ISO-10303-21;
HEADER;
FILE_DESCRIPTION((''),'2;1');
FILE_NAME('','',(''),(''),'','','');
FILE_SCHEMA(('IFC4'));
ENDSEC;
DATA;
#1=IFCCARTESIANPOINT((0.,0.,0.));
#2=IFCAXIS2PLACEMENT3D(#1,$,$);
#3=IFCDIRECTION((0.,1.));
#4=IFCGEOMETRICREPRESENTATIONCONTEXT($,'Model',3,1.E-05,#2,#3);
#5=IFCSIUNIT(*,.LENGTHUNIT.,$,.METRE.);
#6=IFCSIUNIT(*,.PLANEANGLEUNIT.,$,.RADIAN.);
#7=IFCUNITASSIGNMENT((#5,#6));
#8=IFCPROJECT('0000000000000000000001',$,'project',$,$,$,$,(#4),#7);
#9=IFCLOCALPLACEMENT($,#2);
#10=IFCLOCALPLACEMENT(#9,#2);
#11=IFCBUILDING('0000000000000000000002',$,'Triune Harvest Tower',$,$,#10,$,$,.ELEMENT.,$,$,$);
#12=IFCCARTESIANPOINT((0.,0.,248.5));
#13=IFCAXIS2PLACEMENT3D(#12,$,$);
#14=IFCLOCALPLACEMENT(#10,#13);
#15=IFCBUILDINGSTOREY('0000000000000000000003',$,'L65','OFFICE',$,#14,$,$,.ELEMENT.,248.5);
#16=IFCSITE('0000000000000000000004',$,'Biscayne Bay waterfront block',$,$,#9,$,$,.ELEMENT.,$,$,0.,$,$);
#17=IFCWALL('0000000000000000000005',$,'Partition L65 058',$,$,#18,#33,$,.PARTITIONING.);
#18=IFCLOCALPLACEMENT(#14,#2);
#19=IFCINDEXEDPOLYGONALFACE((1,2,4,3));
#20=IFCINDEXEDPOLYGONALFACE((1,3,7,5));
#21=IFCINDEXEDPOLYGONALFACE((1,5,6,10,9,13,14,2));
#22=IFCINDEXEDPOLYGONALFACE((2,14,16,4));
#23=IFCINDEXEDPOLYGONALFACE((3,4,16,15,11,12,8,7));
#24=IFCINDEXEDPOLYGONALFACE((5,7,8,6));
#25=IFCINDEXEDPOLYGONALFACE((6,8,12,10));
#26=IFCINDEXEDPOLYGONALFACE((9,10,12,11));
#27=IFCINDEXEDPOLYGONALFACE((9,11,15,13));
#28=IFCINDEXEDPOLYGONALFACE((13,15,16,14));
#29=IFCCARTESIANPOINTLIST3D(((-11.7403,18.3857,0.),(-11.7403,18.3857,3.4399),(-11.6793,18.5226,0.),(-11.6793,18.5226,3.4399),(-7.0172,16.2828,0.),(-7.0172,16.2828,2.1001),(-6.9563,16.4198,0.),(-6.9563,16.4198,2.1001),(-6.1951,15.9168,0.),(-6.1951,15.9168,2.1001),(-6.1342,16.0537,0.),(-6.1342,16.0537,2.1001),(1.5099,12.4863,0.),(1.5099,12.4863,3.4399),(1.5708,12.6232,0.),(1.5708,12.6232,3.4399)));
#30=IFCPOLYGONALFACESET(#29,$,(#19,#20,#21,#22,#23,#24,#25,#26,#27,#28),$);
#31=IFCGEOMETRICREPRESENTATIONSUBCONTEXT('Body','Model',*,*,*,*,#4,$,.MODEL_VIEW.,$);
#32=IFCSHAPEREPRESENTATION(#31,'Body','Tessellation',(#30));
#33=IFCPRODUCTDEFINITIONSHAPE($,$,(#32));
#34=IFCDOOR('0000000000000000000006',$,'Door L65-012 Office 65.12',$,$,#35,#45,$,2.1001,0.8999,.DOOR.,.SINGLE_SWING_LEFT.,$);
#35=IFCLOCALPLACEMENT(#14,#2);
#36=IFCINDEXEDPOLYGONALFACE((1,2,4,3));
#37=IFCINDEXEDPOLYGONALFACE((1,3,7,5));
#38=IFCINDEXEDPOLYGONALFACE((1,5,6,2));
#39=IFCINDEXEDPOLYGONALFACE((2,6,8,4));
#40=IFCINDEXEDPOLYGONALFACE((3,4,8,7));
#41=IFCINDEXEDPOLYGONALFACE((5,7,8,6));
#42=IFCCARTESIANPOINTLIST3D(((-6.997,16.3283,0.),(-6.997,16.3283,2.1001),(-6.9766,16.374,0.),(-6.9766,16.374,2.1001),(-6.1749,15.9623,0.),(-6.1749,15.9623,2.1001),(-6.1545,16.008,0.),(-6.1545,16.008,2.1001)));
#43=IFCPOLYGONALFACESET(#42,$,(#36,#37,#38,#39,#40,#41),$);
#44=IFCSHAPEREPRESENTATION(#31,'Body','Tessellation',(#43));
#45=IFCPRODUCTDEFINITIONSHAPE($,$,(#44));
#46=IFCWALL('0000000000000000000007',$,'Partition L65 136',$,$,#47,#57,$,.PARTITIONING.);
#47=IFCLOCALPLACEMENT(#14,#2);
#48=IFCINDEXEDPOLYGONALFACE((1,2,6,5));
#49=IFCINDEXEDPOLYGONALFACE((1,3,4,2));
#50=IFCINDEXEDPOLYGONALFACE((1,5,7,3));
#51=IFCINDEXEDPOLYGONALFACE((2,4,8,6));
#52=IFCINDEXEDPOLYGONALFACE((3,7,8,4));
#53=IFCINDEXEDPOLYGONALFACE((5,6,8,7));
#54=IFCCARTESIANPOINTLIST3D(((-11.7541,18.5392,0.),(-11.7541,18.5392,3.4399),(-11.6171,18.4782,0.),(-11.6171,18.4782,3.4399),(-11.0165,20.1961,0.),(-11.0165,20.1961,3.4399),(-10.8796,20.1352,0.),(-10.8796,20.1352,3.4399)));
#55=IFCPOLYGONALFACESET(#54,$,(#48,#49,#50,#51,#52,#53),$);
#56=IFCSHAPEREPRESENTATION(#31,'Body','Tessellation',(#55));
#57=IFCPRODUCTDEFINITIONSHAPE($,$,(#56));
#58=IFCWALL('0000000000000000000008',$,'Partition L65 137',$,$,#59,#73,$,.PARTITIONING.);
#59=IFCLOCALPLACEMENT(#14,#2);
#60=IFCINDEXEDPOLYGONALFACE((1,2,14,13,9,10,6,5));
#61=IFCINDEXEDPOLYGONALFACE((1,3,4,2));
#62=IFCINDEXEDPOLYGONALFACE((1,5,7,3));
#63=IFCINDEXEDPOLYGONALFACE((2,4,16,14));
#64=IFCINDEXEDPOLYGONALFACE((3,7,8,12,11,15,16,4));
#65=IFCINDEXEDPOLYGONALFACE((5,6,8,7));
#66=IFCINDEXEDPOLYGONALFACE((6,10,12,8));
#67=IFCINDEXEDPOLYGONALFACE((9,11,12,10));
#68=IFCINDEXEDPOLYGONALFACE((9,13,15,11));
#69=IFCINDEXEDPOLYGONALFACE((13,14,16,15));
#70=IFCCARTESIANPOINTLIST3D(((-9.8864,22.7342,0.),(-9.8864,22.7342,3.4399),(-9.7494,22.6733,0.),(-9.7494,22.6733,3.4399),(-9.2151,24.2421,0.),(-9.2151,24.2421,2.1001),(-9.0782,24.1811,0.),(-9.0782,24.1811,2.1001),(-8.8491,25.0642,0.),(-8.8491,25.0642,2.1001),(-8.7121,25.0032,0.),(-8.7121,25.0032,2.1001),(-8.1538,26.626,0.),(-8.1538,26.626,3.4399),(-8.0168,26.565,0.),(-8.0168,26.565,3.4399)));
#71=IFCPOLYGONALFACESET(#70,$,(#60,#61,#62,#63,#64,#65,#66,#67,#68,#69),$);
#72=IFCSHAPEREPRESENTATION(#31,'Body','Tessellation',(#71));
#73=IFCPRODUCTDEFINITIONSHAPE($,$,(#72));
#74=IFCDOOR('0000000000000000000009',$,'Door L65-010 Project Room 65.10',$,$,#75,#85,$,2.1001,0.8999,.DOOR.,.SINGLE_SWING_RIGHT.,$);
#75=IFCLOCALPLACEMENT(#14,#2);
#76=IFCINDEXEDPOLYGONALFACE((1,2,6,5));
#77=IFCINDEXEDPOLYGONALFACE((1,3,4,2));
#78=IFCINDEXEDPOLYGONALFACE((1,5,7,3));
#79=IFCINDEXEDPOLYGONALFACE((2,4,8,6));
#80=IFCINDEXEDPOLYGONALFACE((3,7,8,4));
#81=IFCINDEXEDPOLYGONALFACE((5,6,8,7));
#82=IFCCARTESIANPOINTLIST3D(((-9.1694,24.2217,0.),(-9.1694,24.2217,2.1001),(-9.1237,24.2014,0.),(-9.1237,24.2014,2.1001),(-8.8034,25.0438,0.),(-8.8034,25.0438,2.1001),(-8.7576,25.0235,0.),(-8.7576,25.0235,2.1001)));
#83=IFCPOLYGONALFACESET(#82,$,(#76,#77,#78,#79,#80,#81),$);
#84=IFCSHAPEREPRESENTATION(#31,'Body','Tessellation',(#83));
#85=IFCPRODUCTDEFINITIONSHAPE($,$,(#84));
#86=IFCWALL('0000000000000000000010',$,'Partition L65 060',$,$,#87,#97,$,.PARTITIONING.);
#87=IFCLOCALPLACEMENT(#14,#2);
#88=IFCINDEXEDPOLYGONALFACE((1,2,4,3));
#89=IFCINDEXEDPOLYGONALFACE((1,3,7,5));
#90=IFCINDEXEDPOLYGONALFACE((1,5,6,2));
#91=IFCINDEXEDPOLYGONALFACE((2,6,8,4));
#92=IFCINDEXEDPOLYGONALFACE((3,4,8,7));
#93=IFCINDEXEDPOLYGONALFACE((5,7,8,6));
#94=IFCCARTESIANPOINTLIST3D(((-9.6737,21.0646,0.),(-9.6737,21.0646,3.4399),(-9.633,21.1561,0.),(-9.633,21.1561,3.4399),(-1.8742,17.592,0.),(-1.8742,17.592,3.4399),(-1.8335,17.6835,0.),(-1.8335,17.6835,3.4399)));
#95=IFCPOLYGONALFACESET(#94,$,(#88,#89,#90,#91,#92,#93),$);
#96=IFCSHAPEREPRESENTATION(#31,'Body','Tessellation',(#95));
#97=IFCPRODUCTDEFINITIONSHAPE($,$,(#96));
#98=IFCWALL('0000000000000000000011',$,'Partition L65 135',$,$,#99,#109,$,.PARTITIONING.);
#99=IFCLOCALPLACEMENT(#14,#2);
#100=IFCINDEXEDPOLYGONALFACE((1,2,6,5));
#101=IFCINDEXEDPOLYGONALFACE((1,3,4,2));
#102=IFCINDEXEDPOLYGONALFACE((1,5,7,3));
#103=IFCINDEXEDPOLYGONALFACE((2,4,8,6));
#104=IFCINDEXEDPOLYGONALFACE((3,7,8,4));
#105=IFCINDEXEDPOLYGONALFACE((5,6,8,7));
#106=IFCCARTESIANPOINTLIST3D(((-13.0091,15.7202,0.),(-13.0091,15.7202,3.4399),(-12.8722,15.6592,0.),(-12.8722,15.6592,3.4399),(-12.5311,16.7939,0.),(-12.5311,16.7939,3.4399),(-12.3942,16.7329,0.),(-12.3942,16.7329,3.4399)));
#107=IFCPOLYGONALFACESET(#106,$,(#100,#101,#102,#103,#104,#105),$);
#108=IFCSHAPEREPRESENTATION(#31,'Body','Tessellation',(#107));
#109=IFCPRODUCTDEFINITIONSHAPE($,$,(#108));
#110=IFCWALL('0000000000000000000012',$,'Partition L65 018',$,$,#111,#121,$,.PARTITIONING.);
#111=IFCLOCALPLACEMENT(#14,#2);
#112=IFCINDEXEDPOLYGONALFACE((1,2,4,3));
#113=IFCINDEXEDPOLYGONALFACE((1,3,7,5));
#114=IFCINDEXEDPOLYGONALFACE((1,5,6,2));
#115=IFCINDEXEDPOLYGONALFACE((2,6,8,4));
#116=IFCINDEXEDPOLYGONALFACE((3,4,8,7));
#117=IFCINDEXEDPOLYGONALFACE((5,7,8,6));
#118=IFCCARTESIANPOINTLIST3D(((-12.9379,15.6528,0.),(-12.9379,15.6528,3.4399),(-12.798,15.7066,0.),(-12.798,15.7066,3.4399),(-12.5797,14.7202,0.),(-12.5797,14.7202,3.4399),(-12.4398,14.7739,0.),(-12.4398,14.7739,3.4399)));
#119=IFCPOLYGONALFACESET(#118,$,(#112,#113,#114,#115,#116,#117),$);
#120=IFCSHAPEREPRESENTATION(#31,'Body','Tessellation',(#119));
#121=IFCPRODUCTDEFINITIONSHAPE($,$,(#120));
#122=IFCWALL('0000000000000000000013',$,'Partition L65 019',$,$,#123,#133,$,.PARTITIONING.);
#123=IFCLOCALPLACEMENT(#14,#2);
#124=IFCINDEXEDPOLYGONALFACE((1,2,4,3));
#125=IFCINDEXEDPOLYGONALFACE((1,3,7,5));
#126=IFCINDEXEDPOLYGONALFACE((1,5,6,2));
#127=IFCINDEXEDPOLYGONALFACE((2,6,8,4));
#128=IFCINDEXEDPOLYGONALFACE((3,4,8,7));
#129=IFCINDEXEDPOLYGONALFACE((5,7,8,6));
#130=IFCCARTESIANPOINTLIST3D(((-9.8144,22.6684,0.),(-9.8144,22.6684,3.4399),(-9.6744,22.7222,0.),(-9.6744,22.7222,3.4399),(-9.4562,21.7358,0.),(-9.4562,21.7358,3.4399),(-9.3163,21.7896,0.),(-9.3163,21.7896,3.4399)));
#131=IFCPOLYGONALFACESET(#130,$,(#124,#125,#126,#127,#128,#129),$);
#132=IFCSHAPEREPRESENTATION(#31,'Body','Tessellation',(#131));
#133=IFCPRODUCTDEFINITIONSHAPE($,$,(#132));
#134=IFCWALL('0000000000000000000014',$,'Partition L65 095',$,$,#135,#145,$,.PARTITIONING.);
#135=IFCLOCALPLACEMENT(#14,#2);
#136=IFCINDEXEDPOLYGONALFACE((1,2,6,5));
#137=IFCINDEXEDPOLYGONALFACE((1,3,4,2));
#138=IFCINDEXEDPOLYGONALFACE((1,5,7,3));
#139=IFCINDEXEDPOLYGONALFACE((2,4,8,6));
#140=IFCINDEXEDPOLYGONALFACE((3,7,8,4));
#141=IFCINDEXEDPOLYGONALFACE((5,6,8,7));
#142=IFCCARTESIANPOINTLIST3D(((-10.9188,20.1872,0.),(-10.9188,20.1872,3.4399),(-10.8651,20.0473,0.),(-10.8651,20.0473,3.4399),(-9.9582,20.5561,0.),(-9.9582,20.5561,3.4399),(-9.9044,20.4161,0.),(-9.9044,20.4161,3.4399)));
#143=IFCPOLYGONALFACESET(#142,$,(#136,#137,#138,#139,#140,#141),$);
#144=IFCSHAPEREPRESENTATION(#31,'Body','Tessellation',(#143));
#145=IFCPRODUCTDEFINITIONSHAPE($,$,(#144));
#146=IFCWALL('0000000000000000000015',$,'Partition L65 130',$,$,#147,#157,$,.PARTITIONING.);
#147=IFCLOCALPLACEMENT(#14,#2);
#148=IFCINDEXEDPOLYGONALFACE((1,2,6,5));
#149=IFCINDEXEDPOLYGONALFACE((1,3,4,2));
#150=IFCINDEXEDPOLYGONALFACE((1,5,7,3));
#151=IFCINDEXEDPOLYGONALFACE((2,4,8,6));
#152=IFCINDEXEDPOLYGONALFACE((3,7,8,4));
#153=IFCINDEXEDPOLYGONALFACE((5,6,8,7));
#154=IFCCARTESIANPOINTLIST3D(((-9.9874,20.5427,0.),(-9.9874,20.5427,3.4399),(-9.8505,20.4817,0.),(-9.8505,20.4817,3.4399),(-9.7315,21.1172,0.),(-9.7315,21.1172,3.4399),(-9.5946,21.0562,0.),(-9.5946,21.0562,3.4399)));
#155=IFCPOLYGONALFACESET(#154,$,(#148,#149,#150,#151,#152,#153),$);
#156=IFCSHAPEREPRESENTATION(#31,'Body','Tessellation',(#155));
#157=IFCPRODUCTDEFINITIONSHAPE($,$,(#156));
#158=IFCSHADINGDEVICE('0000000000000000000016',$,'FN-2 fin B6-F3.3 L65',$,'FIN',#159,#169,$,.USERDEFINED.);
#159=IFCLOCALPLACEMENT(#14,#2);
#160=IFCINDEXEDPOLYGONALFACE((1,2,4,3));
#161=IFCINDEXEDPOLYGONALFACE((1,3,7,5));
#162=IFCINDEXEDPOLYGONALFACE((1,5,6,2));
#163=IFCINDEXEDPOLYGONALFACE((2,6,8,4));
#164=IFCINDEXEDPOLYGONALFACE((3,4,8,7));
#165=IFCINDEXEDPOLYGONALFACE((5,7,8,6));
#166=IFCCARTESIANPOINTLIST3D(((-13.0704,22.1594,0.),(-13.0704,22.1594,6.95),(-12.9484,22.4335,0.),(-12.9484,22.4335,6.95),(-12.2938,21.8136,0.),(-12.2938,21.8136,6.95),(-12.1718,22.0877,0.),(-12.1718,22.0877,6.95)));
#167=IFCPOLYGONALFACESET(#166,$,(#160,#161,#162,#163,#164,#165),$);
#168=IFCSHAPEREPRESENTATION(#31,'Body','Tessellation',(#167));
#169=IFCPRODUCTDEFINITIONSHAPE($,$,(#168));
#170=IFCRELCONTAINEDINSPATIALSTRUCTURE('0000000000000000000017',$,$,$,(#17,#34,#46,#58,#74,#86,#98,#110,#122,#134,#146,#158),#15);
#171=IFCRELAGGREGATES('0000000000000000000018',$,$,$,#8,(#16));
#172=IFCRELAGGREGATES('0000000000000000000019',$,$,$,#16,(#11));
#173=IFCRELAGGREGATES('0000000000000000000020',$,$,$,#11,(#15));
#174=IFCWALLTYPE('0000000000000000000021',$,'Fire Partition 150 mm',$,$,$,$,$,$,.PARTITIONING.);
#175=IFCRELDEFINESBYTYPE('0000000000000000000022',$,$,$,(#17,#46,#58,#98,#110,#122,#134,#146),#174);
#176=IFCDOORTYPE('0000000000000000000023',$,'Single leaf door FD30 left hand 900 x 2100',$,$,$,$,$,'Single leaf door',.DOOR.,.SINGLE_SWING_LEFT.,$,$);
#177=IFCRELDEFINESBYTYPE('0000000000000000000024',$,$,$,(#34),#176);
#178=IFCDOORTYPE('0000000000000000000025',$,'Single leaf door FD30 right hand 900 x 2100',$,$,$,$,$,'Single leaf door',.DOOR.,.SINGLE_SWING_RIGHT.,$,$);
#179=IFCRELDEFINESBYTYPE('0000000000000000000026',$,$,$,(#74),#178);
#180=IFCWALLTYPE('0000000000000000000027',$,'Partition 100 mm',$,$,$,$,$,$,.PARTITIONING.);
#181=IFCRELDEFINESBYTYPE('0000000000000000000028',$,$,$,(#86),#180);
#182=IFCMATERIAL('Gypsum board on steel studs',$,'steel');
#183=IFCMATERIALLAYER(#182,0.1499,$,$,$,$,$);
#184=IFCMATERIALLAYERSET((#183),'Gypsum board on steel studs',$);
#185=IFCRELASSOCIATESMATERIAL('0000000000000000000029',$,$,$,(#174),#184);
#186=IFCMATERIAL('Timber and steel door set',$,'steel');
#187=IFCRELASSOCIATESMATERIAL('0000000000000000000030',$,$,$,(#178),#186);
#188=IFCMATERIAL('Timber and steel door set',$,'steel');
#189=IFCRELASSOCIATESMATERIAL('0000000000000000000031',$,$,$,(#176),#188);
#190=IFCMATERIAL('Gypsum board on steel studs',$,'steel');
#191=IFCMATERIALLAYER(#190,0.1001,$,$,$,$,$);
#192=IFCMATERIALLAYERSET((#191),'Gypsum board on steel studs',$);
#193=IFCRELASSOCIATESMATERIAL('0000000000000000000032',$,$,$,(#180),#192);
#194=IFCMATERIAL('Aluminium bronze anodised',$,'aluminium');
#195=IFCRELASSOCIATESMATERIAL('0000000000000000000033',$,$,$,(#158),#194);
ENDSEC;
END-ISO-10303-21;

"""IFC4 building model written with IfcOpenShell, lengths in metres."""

from ifc_helpers import new_model, si_unit, direction, frame, frame_2d, origin, origin_2d, place, context, subcontext, project, spatial, rectangle, extrude, source, transform, mapped, material, layer, layer_set, type_object, element, fill, save


model = new_model("IFC4")

# Units and contexts
model_context = context("Model", 3, precision=1e-05, world=origin(), true_north=direction((0.0, 1.0)))
body_context = subcontext(model_context, "Body", "Model", "MODEL_VIEW")
ifc_project = project(units=[si_unit("LENGTHUNIT", "METRE"), si_unit("PLANEANGLEUNIT", "RADIAN")], contexts=[model_context])

# Site, building, storey
site_placement = place(None, origin())
site = spatial("IfcSite", under=ifc_project, at=site_placement, Name="Biscayne Bay waterfront block", CompositionType="ELEMENT", RefElevation=0.0)
building_placement = place(site_placement, origin())
building = spatial("IfcBuilding", under=site, at=building_placement, Name="Triune Harvest Tower", CompositionType="ELEMENT")
storey_placement = place(building_placement, frame((0.0, 0.0, 248.5)))
storey = spatial("IfcBuildingStorey", under=building, at=storey_placement, Name="L65", Description="OFFICE", CompositionType="ELEMENT", Elevation=248.5)

# Wall, opening, door
ifc_material_1 = material(Name="Gypsum board on steel studs", Category="steel")
ifc_layer_1 = layer(ifc_material_1, 0.1499)
ifc_layer_set_1 = layer_set([ifc_layer_1], Name="Gypsum board on steel studs")
wall_type_1 = type_object("IfcWallType", Name="Fire Partition 150 mm", PredefinedType="PARTITIONING", material=ifc_layer_set_1)
ifc_material_2 = material(Name="Timber and steel door set", Category="steel")
door_type_1 = type_object("IfcDoorType", Name="Single leaf door FD30 right hand 900 x 2100", ElementType="Single leaf door", OperationType="SINGLE_SWING_RIGHT", PredefinedType="DOOR", material=ifc_material_2)
wall_1_placement = place(storey_placement, frame((-11.7097, 18.4541, 0.0), z_axis=(0.0, 0.0, 1.0), x_axis=(0.913545, -0.406738, 0.0)))
wall_1 = element("IfcWall", 1, at=wall_1_placement, inside=storey, type_object=wall_type_1, Name="Partition L65 058", PredefinedType="PARTITIONING", context=body_context, shape_type="SweptSolid", body=[
    extrude(rectangle(XDim=14.5042, YDim=0.1499, at=frame_2d((7.252, 0.0))), origin(), (0.0, 0.0, 1.0), 3.4399),
])
opening_1_placement = place(wall_1_placement, frame((5.1699, 0.0, 0.0)))
opening_1 = element("IfcOpeningElement", 2, at=opening_1_placement, cuts=wall_1, PredefinedType="OPENING", context=body_context, shape_type="SweptSolid", body=[
    extrude(rectangle(XDim=0.8999, YDim=2.1001, at=frame_2d((0.45, 1.05))), frame((0.0, 0.085, 0.0), z_axis=(0.0, -1.0, 0.0), x_axis=(1.0, 0.0, 0.0)), (0.0, 0.0, 1.0), 0.1699),
])
ifc_material_3 = material(Name="Timber and steel door set", Category="steel")
door_type_2 = type_object("IfcDoorType", Name="Single leaf door FD30 left hand 900 x 2100", ElementType="Single leaf door", OperationType="SINGLE_SWING_LEFT", PredefinedType="DOOR", material=ifc_material_3)
door_1_placement = place(opening_1_placement, origin())
door_1 = element("IfcDoor", 3, at=door_1_placement, inside=storey, type_object=door_type_2, Name="Door L65-012 Office 65.12", OperationType="SINGLE_SWING_LEFT", OverallHeight=2.1001, OverallWidth=0.8999, PredefinedType="DOOR", context=body_context, shape_type="SweptSolid", body=[
    extrude(rectangle(XDim=0.8999, YDim=2.1001, at=frame_2d((0.45, 1.05))), frame((0.0, 0.0249, 0.0), z_axis=(0.0, -1.0, 0.0), x_axis=(1.0, 0.0, 0.0)), (0.0, 0.0, 1.0), 0.05),
])
fill(opening_1, door_1)

# Wall
wall_2_placement = place(storey_placement, frame((-11.6855, 18.5088, 0.0), z_axis=(0.0, 0.0, 1.0), x_axis=(0.40665, 0.913584, 0.0)))
element("IfcWall", 4, at=wall_2_placement, inside=storey, type_object=wall_type_1, Name="Partition L65 136", PredefinedType="PARTITIONING", context=body_context, shape_type="SweptSolid", body=[
    extrude(rectangle(XDim=1.8137, YDim=0.1499, at=frame_2d((0.9067, 0.0))), origin(), (0.0, 0.0, 1.0), 3.4399),
])

# Wall, opening, door
wall_3_placement = place(storey_placement, frame((-9.8179, 22.7039, 0.0), z_axis=(0.0, 0.0, 1.0), x_axis=(0.406718, 0.913554, 0.0)))
wall_3 = element("IfcWall", 5, at=wall_3_placement, inside=storey, type_object=wall_type_1, Name="Partition L65 137", PredefinedType="PARTITIONING", context=body_context, shape_type="SweptSolid", body=[
    extrude(rectangle(XDim=4.26, YDim=0.1499, at=frame_2d((2.1299, 0.0))), origin(), (0.0, 0.0, 1.0), 3.4399),
])
opening_2_placement = place(wall_3_placement, frame((1.6504, 0.0, 0.0)))
opening_2 = element("IfcOpeningElement", 6, at=opening_2_placement, cuts=wall_3, PredefinedType="OPENING", context=body_context, shape_type="SweptSolid", body=[
    extrude(rectangle(XDim=0.8999, YDim=2.1001, at=frame_2d((0.45, 1.05))), frame((0.0, 0.085, 0.0), z_axis=(0.0, -1.0, 0.0), x_axis=(1.0, 0.0, 0.0)), (0.0, 0.0, 1.0), 0.1699),
])
door_2_placement = place(opening_2_placement, origin())
door_2 = element("IfcDoor", 7, at=door_2_placement, inside=storey, type_object=door_type_1, Name="Door L65-010 Project Room 65.10", OperationType="SINGLE_SWING_RIGHT", OverallHeight=2.1001, OverallWidth=0.8999, PredefinedType="DOOR", context=body_context, shape_type="SweptSolid", body=[
    extrude(rectangle(XDim=0.8999, YDim=2.1001, at=frame_2d((0.45, 1.05))), frame((0.0, 0.0249, 0.0), z_axis=(0.0, -1.0, 0.0), x_axis=(1.0, 0.0, 0.0)), (0.0, 0.0, 1.0), 0.05),
])
fill(opening_2, door_2)

# Walls
ifc_material_4 = material(Name="Gypsum board on steel studs", Category="steel")
ifc_layer_2 = layer(ifc_material_4, 0.1001)
ifc_layer_set_2 = layer_set([ifc_layer_2], Name="Gypsum board on steel studs")
wall_type_2 = type_object("IfcWallType", Name="Partition 100 mm", PredefinedType="PARTITIONING", material=ifc_layer_set_2)
wall_4_placement = place(storey_placement, frame((-9.6533, 21.1104, 0.0), z_axis=(0.0, 0.0, 1.0), x_axis=(0.913542, -0.406743, 0.0)))
element("IfcWall", 8, at=wall_4_placement, inside=storey, type_object=wall_type_2, Name="Partition L65 060", PredefinedType="PARTITIONING", context=body_context, shape_type="SweptSolid", body=[
    extrude(rectangle(XDim=8.5376, YDim=0.1001, at=frame_2d((4.2688, 0.0))), origin(), (0.0, 0.0, 1.0), 3.4399),
])
shared_shape_1 = source(origin(), body_context, "Body", "SweptSolid", [
    extrude(rectangle(XDim=1.1753, YDim=0.1499, at=frame_2d((0.5876, 0.0))), origin(), (0.0, 0.0, 1.0), 3.4399),
])
wall_5_placement = place(storey_placement, frame((-12.9407, 15.6897, 0.0), z_axis=(0.0, 0.0, 1.0), x_axis=(0.406717, 0.913554, 0.0)))
element("IfcWall", 9, at=wall_5_placement, inside=storey, type_object=wall_type_1, Name="Partition L65 135", PredefinedType="PARTITIONING", context=body_context, shape_type="MappedRepresentation", body=[
    mapped(shared_shape_1, transform((0.0, 0.0, 0.0), scale=1.0)),
])
shared_shape_2 = source(origin(), body_context, "Body", "SweptSolid", [
    extrude(rectangle(XDim=0.999, YDim=0.1499, at=frame_2d((0.4995, 0.0))), origin(), (0.0, 0.0, 1.0), 3.4399),
])
for number, where, z_axis, x_axis, name in (
    (10, (-12.8679, 15.6797, 0.0), (0.0, 0.0, 1.0), (0.358504, -0.933528, 0.0), "Partition L65 018"),
    (11, (-9.7444, 22.6953, 0.0), (0.0, 0.0, 1.0), (0.358504, -0.933528, 0.0), "Partition L65 019"),
):
    element("IfcWall", number, at=place(storey_placement, frame(where, z_axis=z_axis, x_axis=x_axis)), inside=storey, type_object=wall_type_1, Name=name, PredefinedType="PARTITIONING", context=body_context, shape_type="MappedRepresentation", body=[
        mapped(shared_shape_2, transform((0.0, 0.0, 0.0), scale=1.0)),
    ])
shared_shape_3 = source(origin(), body_context, "Body", "SweptSolid", [
    extrude(rectangle(XDim=1.0291, YDim=0.1499, at=frame_2d((0.5146, 0.0))), origin(), (0.0, 0.0, 1.0), 3.4399),
])
wall_6_placement = place(storey_placement, frame((-10.8921, 20.1172, 0.0), z_axis=(0.0, 0.0, 1.0), x_axis=(0.933541, 0.35847, 0.0)))
element("IfcWall", 12, at=wall_6_placement, inside=storey, type_object=wall_type_1, Name="Partition L65 095", PredefinedType="PARTITIONING", context=body_context, shape_type="MappedRepresentation", body=[
    mapped(shared_shape_3, transform((0.0, 0.0, 0.0), scale=1.0)),
])
shared_shape_4 = source(origin(), body_context, "Body", "SweptSolid", [
    extrude(rectangle(XDim=0.6289, YDim=0.1499, at=frame_2d((0.3145, 0.0))), origin(), (0.0, 0.0, 1.0), 3.4399),
])
wall_7_placement = place(storey_placement, frame((-9.9189, 20.5122, 0.0), z_axis=(0.0, 0.0, 1.0), x_axis=(0.406859, 0.913491, 0.0)))
element("IfcWall", 13, at=wall_7_placement, inside=storey, type_object=wall_type_1, Name="Partition L65 130", PredefinedType="PARTITIONING", context=body_context, shape_type="MappedRepresentation", body=[
    mapped(shared_shape_4, transform((0.0, 0.0, 0.0), scale=1.0)),
])

# Shading device
ifc_material_5 = material(Name="Aluminium bronze anodised", Category="aluminium")
shared_shape_5 = source(origin(), body_context, "Body", "SweptSolid", [
    extrude(rectangle(XDim=0.3, YDim=0.8501, at=origin_2d()), origin(), (0.0, 0.0, 1.0), 6.95),
])
shading_device_placement = place(storey_placement, frame((-12.6211, 22.1235, 0.0), z_axis=(0.0, 0.0, 1.0), x_axis=(-0.406738, -0.913545, 0.0)))
element("IfcShadingDevice", 14, at=shading_device_placement, inside=storey, material=ifc_material_5, Name="FN-2 fin B6-F3.3 L65", ObjectType="FIN", PredefinedType="USERDEFINED", context=body_context, shape_type="MappedRepresentation", body=[
    mapped(shared_shape_5, transform((0.0, 0.0, 0.0), scale=1.0)),
])

save(model, "model.ifc")
